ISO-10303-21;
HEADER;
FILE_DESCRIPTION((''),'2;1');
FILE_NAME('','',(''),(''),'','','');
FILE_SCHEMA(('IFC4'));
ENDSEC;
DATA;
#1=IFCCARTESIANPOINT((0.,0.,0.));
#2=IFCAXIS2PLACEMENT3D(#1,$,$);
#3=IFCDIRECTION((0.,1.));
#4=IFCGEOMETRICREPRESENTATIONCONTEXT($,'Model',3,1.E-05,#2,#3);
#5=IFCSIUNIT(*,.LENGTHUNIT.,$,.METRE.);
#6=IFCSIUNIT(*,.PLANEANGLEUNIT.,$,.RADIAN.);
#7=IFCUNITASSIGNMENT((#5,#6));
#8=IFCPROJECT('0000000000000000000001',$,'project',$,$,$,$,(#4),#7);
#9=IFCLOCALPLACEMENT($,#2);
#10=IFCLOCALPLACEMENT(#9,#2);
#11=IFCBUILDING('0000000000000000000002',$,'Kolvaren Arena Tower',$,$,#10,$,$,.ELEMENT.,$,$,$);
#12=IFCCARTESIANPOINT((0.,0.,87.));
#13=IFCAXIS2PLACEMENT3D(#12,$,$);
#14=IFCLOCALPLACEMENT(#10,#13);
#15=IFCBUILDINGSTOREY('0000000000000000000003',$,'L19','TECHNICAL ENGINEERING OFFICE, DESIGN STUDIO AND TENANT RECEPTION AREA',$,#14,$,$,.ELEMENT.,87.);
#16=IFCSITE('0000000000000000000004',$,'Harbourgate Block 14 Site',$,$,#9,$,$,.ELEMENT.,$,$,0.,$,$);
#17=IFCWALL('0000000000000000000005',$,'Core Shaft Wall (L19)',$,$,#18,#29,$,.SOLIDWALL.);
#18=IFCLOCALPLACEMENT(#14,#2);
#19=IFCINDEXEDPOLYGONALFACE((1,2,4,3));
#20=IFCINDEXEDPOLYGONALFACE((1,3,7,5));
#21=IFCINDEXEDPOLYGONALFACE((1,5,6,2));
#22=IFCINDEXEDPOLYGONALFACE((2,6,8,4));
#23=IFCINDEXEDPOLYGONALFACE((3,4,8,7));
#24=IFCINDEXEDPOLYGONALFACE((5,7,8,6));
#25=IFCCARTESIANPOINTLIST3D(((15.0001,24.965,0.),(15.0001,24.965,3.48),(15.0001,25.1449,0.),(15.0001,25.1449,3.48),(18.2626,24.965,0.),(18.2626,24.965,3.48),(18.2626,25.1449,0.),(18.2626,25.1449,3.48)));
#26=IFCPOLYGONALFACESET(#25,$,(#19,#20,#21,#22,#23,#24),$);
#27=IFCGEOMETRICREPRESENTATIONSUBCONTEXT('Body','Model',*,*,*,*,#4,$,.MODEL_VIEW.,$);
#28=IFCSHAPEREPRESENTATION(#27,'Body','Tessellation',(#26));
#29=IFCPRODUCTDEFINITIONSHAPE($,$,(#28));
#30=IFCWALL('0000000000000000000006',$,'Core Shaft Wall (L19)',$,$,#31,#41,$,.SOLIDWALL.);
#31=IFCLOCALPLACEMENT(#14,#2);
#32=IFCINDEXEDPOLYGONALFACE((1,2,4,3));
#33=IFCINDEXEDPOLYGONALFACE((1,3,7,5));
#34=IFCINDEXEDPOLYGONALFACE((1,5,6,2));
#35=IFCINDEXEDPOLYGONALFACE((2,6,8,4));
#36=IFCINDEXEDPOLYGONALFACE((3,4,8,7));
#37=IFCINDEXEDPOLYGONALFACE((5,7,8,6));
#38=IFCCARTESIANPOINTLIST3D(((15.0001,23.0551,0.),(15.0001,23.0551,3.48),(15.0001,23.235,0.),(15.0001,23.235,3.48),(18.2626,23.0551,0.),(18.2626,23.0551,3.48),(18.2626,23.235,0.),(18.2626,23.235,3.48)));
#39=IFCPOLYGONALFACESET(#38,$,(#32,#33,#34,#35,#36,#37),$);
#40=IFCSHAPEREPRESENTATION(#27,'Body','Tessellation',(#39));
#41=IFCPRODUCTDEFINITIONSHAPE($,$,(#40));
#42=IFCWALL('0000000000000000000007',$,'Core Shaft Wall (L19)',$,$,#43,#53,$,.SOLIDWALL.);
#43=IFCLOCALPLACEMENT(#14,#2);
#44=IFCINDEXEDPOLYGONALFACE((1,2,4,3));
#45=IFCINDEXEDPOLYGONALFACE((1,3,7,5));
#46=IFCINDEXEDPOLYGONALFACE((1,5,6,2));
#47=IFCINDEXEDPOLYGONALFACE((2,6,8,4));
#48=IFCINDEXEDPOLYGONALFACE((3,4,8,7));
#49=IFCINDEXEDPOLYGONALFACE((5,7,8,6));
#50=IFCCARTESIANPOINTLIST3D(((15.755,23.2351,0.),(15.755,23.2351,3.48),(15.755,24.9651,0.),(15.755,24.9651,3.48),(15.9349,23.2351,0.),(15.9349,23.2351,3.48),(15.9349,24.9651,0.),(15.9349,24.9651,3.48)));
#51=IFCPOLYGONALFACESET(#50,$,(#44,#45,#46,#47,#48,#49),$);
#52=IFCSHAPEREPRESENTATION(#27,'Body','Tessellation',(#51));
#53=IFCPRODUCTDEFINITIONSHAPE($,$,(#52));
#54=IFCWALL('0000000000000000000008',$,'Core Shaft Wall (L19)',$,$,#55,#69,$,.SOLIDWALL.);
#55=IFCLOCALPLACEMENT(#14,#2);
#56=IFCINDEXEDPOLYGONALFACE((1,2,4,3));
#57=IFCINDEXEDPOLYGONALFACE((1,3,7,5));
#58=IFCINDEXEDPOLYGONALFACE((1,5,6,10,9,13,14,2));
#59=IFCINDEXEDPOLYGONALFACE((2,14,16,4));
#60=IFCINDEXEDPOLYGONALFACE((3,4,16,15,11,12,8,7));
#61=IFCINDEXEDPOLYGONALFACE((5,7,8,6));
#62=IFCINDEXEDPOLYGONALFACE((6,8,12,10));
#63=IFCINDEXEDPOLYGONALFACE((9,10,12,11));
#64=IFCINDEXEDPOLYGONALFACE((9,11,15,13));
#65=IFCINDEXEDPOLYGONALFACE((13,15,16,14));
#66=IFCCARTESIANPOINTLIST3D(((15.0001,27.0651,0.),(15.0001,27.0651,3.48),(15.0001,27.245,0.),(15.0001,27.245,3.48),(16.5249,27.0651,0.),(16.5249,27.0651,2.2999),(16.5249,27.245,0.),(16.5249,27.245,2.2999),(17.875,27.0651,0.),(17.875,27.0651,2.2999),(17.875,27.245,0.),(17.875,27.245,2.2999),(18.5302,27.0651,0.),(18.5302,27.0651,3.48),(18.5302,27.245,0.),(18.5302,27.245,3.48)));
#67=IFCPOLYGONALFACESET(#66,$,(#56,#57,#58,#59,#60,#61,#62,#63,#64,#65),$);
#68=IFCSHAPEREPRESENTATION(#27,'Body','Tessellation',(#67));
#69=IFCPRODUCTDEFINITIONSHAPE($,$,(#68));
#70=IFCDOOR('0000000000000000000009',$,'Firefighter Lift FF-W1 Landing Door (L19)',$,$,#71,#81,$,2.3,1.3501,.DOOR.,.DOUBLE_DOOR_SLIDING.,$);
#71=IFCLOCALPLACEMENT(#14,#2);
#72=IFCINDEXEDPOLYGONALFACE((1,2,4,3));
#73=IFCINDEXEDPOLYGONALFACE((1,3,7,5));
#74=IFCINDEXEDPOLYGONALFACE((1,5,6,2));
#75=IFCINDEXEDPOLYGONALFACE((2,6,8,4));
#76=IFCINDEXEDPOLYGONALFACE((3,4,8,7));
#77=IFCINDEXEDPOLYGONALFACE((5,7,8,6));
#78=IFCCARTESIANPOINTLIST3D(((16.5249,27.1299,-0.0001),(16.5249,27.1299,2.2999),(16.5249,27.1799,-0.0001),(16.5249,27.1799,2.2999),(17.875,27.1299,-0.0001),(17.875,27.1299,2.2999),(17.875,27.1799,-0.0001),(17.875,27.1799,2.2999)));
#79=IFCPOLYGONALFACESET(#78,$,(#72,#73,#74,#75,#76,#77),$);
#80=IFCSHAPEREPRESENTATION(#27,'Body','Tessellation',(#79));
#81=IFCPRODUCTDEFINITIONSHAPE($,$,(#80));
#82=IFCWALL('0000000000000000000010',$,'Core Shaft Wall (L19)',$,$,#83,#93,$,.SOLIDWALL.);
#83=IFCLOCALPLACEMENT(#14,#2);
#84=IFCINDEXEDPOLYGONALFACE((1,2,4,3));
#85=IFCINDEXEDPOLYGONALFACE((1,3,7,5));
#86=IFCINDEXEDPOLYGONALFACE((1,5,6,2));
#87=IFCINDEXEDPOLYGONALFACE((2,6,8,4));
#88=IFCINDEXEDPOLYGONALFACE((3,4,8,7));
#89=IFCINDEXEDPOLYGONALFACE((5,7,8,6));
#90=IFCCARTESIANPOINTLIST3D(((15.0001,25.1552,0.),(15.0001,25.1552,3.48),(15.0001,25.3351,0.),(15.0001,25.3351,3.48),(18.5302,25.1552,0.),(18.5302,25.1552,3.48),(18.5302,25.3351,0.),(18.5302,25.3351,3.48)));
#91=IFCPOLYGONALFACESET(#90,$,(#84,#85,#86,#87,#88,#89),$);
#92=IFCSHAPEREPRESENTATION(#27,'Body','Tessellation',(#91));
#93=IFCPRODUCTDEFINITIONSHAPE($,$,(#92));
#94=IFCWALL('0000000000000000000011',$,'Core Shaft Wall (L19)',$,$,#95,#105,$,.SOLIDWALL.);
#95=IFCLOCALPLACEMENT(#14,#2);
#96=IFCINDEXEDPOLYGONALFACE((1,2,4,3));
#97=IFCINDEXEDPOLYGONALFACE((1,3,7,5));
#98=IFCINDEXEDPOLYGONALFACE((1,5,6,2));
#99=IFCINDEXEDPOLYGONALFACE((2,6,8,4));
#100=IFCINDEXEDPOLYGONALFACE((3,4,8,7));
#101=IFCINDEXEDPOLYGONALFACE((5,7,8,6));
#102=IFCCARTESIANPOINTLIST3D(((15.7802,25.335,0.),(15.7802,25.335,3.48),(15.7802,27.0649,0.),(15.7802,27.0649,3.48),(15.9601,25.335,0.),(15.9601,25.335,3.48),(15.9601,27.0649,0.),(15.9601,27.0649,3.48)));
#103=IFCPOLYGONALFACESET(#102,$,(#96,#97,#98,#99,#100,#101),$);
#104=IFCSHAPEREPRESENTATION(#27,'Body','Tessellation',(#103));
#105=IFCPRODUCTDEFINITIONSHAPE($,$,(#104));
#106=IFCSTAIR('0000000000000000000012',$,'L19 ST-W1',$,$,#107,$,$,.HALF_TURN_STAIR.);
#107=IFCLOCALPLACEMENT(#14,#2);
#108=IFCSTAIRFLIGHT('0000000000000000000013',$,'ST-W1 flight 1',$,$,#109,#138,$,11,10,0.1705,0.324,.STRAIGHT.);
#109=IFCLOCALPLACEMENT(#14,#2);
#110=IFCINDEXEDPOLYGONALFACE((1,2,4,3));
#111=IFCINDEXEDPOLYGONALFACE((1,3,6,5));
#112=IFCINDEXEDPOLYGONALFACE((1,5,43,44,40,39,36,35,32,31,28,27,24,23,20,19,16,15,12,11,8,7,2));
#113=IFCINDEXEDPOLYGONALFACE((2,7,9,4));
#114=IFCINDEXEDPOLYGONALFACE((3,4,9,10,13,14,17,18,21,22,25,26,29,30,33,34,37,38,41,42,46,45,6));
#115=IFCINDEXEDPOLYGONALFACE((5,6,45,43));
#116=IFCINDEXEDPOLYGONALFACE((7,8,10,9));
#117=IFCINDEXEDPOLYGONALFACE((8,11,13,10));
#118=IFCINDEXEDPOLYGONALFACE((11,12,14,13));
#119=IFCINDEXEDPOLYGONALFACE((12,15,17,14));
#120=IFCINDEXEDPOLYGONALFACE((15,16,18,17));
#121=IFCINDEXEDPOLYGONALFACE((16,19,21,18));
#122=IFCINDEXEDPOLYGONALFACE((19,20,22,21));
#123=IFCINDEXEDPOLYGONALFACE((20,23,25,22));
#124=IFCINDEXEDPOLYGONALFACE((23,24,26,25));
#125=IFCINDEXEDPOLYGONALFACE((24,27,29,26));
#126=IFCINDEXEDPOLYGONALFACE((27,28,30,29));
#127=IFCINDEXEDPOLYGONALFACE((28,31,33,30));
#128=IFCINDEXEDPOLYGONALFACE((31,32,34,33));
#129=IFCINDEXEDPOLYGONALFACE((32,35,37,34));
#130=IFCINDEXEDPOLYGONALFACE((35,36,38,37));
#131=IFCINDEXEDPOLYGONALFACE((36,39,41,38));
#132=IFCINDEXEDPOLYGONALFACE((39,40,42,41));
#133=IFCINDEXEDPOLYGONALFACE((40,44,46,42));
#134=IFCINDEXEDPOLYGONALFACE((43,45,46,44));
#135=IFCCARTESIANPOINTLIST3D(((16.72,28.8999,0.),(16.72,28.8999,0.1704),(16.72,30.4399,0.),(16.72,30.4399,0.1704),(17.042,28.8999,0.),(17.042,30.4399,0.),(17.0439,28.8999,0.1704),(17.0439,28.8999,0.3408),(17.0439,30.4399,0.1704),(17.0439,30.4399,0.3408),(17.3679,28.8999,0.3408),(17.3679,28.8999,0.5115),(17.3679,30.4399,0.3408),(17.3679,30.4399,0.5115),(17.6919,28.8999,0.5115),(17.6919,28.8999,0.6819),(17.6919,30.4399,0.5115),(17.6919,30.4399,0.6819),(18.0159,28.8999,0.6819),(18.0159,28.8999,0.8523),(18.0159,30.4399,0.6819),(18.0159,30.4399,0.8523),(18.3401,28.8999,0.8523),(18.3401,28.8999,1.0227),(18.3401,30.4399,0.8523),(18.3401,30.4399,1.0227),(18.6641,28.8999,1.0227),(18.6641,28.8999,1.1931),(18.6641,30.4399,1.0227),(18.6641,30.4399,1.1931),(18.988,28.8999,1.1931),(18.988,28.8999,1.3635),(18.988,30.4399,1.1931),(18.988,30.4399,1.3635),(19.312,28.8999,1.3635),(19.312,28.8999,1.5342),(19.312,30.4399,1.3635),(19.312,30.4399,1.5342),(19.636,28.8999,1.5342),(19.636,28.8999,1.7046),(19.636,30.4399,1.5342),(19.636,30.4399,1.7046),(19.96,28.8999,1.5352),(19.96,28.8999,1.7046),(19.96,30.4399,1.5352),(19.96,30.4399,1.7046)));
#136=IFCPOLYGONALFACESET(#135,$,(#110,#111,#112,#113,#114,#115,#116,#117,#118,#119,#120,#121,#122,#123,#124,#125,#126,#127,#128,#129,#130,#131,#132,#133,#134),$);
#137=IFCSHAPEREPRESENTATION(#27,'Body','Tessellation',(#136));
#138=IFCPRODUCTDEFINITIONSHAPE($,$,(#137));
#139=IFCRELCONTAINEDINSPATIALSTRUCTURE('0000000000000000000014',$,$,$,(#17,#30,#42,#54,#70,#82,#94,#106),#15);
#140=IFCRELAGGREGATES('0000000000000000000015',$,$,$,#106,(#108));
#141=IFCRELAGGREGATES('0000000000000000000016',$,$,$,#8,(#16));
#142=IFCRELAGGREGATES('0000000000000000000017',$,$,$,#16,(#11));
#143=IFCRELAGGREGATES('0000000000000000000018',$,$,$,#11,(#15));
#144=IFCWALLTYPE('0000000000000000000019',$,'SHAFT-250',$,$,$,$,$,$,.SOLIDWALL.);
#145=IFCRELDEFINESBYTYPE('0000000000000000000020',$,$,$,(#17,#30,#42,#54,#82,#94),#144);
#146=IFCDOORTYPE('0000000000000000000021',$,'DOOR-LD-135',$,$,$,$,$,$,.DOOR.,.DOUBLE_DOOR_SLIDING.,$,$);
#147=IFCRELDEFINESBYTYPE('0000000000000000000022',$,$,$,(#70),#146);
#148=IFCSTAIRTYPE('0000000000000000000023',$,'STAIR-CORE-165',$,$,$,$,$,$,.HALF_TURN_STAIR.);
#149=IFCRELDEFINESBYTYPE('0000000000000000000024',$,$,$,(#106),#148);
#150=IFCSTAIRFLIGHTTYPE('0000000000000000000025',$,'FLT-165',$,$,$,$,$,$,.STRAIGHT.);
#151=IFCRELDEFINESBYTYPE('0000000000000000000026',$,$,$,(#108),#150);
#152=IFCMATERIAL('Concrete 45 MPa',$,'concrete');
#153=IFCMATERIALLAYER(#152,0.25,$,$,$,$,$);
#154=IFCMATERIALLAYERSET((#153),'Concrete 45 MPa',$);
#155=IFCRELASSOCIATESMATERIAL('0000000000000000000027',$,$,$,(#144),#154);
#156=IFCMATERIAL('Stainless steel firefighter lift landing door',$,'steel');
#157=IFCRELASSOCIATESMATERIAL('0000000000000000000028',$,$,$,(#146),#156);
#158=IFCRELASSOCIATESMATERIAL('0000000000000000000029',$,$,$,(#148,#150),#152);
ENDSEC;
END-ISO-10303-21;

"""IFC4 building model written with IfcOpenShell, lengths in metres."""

from ifc_helpers import new_model, si_unit, direction, frame, frame_2d, origin, place, context, subcontext, project, spatial, polyline, rectangle, outline, extrude, material, layer, layer_set, type_object, element, fill, aggregate, save


model = new_model("IFC4")

# Units and contexts
model_context = context("Model", 3, precision=1e-05, world=origin(), true_north=direction((0.0, 1.0)))
body_context = subcontext(model_context, "Body", "Model", "MODEL_VIEW")
ifc_project = project(units=[si_unit("LENGTHUNIT", "METRE"), si_unit("PLANEANGLEUNIT", "RADIAN")], contexts=[model_context])

# Site, building, storey
site_placement = place(None, origin())
site = spatial("IfcSite", under=ifc_project, at=site_placement, Name="Harbourgate Block 14 Site", CompositionType="ELEMENT", RefElevation=0.0)
building_placement = place(site_placement, origin())
building = spatial("IfcBuilding", under=site, at=building_placement, Name="Kolvaren Arena Tower", CompositionType="ELEMENT")
storey_placement = place(building_placement, frame((0.0, 0.0, 87.0)))
storey = spatial("IfcBuildingStorey", under=building, at=storey_placement, Name="L19", Description="TECHNICAL ENGINEERING OFFICE, DESIGN STUDIO AND TENANT RECEPTION AREA", CompositionType="ELEMENT", Elevation=87.0)

# Walls
ifc_material_1 = material(Name="Concrete 45 MPa", Category="concrete")
ifc_layer = layer(ifc_material_1, 0.25)
ifc_layer_set = layer_set([ifc_layer], Name="Concrete 45 MPa")
wall_type = type_object("IfcWallType", Name="SHAFT-250", PredefinedType="SOLIDWALL", material=ifc_layer_set)
for number, where, z_axis, x_axis, name in (
    (1, (15.0, 25.0549, 0.0), (0.0, 0.0, 1.0), (1.0, 0.0, 0.0), "Core Shaft Wall (L19)"),
    (2, (15.0, 23.145, 0.0), (0.0, 0.0, 1.0), (1.0, 0.0, 0.0), "Core Shaft Wall (L19)"),
):
    element("IfcWall", number, at=place(storey_placement, frame(where, z_axis=z_axis, x_axis=x_axis)), inside=storey, type_object=wall_type, Name=name, PredefinedType="SOLIDWALL", context=body_context, shape_type="SweptSolid", body=[
        extrude(rectangle(XDim=3.2625, YDim=0.1799, at=frame_2d((1.6313, 0.0))), origin(), (0.0, 0.0, 1.0), 3.48),
    ])
wall_1_placement = place(storey_placement, frame((15.845, 23.2351, 0.0), z_axis=(0.0, 0.0, 1.0), x_axis=(0.0, 1.0, 0.0)))
element("IfcWall", 3, at=wall_1_placement, inside=storey, type_object=wall_type, Name="Core Shaft Wall (L19)", PredefinedType="SOLIDWALL", context=body_context, shape_type="SweptSolid", body=[
    extrude(rectangle(XDim=1.73, YDim=0.1799, at=frame_2d((0.865, 0.0))), origin(), (0.0, 0.0, 1.0), 3.48),
])

# Wall, opening, door
wall_2_placement = place(storey_placement, frame((15.0, 27.155, 0.0), z_axis=(0.0, 0.0, 1.0), x_axis=(1.0, 0.0, 0.0)))
wall_2 = element("IfcWall", 4, at=wall_2_placement, inside=storey, type_object=wall_type, Name="Core Shaft Wall (L19)", PredefinedType="SOLIDWALL", context=body_context, shape_type="SweptSolid", body=[
    extrude(rectangle(XDim=3.53, YDim=0.1799, at=frame_2d((1.7651, 0.0))), origin(), (0.0, 0.0, 1.0), 3.48),
])
opening_placement = place(wall_2_placement, frame((1.5249, 0.0, 0.0)))
opening = element("IfcOpeningElement", 5, at=opening_placement, cuts=wall_2, PredefinedType="OPENING", context=body_context, shape_type="SweptSolid", body=[
    extrude(rectangle(XDim=1.3501, YDim=2.3, at=frame_2d((0.675, 1.1499))), frame((0.0, 0.0999, 0.0), z_axis=(0.0, -1.0, 0.0), x_axis=(1.0, 0.0, 0.0)), (0.0, 0.0, 1.0), 0.2),
])
ifc_material_2 = material(Name="Stainless steel firefighter lift landing door", Category="steel")
door_type = type_object("IfcDoorType", Name="DOOR-LD-135", OperationType="DOUBLE_DOOR_SLIDING", PredefinedType="DOOR", material=ifc_material_2)
door_placement = place(opening_placement, origin())
door = element("IfcDoor", 6, at=door_placement, inside=storey, type_object=door_type, Name="Firefighter Lift FF-W1 Landing Door (L19)", OperationType="DOUBLE_DOOR_SLIDING", OverallHeight=2.3, OverallWidth=1.3501, PredefinedType="DOOR", context=body_context, shape_type="SweptSolid", body=[
    extrude(rectangle(XDim=1.3501, YDim=2.3, at=frame_2d((0.675, 1.1499))), frame((0.0, 0.0249, 0.0), z_axis=(0.0, -1.0, 0.0), x_axis=(1.0, 0.0, 0.0)), (0.0, 0.0, 1.0), 0.05),
])
fill(opening, door)

# Walls
wall_3_placement = place(storey_placement, frame((15.0, 25.2451, 0.0), z_axis=(0.0, 0.0, 1.0), x_axis=(1.0, 0.0, 0.0)))
element("IfcWall", 7, at=wall_3_placement, inside=storey, type_object=wall_type, Name="Core Shaft Wall (L19)", PredefinedType="SOLIDWALL", context=body_context, shape_type="SweptSolid", body=[
    extrude(rectangle(XDim=3.53, YDim=0.1799, at=frame_2d((1.7651, 0.0))), origin(), (0.0, 0.0, 1.0), 3.48),
])
wall_4_placement = place(storey_placement, frame((15.8701, 25.335, 0.0), z_axis=(0.0, 0.0, 1.0), x_axis=(0.0, 1.0, 0.0)))
element("IfcWall", 8, at=wall_4_placement, inside=storey, type_object=wall_type, Name="Core Shaft Wall (L19)", PredefinedType="SOLIDWALL", context=body_context, shape_type="SweptSolid", body=[
    extrude(rectangle(XDim=1.73, YDim=0.1799, at=frame_2d((0.865, 0.0))), origin(), (0.0, 0.0, 1.0), 3.48),
])

# Stair, stair flight
stair_type = type_object("IfcStairType", Name="STAIR-CORE-165", PredefinedType="HALF_TURN_STAIR", material=ifc_material_1)
stair_placement = place(storey_placement, origin())
stair = element("IfcStair", 9, at=stair_placement, inside=storey, type_object=stair_type, Name="L19 ST-W1", PredefinedType="HALF_TURN_STAIR")
stair_flight_type = type_object("IfcStairFlightType", Name="FLT-165", PredefinedType="STRAIGHT", material=ifc_material_1)
stair_flight_placement = place(storey_placement, frame((16.72, 29.6699, 0.0), z_axis=(0.0, 0.0, 1.0), x_axis=(1.0, 0.0, 0.0)))
stair_flight = element("IfcStairFlight", 10, at=stair_flight_placement, type_object=stair_flight_type, Name="ST-W1 flight 1", NumberOfRisers=11, NumberOfTreads=10, PredefinedType="STRAIGHT", RiserHeight=0.1705, TreadLength=0.324, context=body_context, shape_type="SweptSolid", body=[
    extrude(outline(polyline([(0.0, 0.0), (0.0, 0.1704), (0.324, 0.1704), (0.324, 0.3408), (0.6479, 0.3408), (0.6479, 0.5115), (0.9719, 0.5115), (0.9719, 0.6819), (1.2959, 0.6819), (1.2959, 0.8523), (1.6201, 0.8523), (1.6201, 1.0227), (1.9441, 1.0227), (1.9441, 1.1931), (2.2681, 1.1931), (2.2681, 1.3635), (2.592, 1.3635), (2.592, 1.5342), (2.916, 1.5342), (2.916, 1.7046), (3.24, 1.7046), (3.24, 1.875), (3.24, 1.5352), (0.322, 0.0), (0.0, 0.0)])), frame((0.0, 0.77, 0.0), z_axis=(0.0, -1.0, 0.0), x_axis=(1.0, 0.0, 0.0)), (0.0, 0.0, 1.0), 1.54),
])
aggregate(stair, [stair_flight])

save(model, "model.ifc")
